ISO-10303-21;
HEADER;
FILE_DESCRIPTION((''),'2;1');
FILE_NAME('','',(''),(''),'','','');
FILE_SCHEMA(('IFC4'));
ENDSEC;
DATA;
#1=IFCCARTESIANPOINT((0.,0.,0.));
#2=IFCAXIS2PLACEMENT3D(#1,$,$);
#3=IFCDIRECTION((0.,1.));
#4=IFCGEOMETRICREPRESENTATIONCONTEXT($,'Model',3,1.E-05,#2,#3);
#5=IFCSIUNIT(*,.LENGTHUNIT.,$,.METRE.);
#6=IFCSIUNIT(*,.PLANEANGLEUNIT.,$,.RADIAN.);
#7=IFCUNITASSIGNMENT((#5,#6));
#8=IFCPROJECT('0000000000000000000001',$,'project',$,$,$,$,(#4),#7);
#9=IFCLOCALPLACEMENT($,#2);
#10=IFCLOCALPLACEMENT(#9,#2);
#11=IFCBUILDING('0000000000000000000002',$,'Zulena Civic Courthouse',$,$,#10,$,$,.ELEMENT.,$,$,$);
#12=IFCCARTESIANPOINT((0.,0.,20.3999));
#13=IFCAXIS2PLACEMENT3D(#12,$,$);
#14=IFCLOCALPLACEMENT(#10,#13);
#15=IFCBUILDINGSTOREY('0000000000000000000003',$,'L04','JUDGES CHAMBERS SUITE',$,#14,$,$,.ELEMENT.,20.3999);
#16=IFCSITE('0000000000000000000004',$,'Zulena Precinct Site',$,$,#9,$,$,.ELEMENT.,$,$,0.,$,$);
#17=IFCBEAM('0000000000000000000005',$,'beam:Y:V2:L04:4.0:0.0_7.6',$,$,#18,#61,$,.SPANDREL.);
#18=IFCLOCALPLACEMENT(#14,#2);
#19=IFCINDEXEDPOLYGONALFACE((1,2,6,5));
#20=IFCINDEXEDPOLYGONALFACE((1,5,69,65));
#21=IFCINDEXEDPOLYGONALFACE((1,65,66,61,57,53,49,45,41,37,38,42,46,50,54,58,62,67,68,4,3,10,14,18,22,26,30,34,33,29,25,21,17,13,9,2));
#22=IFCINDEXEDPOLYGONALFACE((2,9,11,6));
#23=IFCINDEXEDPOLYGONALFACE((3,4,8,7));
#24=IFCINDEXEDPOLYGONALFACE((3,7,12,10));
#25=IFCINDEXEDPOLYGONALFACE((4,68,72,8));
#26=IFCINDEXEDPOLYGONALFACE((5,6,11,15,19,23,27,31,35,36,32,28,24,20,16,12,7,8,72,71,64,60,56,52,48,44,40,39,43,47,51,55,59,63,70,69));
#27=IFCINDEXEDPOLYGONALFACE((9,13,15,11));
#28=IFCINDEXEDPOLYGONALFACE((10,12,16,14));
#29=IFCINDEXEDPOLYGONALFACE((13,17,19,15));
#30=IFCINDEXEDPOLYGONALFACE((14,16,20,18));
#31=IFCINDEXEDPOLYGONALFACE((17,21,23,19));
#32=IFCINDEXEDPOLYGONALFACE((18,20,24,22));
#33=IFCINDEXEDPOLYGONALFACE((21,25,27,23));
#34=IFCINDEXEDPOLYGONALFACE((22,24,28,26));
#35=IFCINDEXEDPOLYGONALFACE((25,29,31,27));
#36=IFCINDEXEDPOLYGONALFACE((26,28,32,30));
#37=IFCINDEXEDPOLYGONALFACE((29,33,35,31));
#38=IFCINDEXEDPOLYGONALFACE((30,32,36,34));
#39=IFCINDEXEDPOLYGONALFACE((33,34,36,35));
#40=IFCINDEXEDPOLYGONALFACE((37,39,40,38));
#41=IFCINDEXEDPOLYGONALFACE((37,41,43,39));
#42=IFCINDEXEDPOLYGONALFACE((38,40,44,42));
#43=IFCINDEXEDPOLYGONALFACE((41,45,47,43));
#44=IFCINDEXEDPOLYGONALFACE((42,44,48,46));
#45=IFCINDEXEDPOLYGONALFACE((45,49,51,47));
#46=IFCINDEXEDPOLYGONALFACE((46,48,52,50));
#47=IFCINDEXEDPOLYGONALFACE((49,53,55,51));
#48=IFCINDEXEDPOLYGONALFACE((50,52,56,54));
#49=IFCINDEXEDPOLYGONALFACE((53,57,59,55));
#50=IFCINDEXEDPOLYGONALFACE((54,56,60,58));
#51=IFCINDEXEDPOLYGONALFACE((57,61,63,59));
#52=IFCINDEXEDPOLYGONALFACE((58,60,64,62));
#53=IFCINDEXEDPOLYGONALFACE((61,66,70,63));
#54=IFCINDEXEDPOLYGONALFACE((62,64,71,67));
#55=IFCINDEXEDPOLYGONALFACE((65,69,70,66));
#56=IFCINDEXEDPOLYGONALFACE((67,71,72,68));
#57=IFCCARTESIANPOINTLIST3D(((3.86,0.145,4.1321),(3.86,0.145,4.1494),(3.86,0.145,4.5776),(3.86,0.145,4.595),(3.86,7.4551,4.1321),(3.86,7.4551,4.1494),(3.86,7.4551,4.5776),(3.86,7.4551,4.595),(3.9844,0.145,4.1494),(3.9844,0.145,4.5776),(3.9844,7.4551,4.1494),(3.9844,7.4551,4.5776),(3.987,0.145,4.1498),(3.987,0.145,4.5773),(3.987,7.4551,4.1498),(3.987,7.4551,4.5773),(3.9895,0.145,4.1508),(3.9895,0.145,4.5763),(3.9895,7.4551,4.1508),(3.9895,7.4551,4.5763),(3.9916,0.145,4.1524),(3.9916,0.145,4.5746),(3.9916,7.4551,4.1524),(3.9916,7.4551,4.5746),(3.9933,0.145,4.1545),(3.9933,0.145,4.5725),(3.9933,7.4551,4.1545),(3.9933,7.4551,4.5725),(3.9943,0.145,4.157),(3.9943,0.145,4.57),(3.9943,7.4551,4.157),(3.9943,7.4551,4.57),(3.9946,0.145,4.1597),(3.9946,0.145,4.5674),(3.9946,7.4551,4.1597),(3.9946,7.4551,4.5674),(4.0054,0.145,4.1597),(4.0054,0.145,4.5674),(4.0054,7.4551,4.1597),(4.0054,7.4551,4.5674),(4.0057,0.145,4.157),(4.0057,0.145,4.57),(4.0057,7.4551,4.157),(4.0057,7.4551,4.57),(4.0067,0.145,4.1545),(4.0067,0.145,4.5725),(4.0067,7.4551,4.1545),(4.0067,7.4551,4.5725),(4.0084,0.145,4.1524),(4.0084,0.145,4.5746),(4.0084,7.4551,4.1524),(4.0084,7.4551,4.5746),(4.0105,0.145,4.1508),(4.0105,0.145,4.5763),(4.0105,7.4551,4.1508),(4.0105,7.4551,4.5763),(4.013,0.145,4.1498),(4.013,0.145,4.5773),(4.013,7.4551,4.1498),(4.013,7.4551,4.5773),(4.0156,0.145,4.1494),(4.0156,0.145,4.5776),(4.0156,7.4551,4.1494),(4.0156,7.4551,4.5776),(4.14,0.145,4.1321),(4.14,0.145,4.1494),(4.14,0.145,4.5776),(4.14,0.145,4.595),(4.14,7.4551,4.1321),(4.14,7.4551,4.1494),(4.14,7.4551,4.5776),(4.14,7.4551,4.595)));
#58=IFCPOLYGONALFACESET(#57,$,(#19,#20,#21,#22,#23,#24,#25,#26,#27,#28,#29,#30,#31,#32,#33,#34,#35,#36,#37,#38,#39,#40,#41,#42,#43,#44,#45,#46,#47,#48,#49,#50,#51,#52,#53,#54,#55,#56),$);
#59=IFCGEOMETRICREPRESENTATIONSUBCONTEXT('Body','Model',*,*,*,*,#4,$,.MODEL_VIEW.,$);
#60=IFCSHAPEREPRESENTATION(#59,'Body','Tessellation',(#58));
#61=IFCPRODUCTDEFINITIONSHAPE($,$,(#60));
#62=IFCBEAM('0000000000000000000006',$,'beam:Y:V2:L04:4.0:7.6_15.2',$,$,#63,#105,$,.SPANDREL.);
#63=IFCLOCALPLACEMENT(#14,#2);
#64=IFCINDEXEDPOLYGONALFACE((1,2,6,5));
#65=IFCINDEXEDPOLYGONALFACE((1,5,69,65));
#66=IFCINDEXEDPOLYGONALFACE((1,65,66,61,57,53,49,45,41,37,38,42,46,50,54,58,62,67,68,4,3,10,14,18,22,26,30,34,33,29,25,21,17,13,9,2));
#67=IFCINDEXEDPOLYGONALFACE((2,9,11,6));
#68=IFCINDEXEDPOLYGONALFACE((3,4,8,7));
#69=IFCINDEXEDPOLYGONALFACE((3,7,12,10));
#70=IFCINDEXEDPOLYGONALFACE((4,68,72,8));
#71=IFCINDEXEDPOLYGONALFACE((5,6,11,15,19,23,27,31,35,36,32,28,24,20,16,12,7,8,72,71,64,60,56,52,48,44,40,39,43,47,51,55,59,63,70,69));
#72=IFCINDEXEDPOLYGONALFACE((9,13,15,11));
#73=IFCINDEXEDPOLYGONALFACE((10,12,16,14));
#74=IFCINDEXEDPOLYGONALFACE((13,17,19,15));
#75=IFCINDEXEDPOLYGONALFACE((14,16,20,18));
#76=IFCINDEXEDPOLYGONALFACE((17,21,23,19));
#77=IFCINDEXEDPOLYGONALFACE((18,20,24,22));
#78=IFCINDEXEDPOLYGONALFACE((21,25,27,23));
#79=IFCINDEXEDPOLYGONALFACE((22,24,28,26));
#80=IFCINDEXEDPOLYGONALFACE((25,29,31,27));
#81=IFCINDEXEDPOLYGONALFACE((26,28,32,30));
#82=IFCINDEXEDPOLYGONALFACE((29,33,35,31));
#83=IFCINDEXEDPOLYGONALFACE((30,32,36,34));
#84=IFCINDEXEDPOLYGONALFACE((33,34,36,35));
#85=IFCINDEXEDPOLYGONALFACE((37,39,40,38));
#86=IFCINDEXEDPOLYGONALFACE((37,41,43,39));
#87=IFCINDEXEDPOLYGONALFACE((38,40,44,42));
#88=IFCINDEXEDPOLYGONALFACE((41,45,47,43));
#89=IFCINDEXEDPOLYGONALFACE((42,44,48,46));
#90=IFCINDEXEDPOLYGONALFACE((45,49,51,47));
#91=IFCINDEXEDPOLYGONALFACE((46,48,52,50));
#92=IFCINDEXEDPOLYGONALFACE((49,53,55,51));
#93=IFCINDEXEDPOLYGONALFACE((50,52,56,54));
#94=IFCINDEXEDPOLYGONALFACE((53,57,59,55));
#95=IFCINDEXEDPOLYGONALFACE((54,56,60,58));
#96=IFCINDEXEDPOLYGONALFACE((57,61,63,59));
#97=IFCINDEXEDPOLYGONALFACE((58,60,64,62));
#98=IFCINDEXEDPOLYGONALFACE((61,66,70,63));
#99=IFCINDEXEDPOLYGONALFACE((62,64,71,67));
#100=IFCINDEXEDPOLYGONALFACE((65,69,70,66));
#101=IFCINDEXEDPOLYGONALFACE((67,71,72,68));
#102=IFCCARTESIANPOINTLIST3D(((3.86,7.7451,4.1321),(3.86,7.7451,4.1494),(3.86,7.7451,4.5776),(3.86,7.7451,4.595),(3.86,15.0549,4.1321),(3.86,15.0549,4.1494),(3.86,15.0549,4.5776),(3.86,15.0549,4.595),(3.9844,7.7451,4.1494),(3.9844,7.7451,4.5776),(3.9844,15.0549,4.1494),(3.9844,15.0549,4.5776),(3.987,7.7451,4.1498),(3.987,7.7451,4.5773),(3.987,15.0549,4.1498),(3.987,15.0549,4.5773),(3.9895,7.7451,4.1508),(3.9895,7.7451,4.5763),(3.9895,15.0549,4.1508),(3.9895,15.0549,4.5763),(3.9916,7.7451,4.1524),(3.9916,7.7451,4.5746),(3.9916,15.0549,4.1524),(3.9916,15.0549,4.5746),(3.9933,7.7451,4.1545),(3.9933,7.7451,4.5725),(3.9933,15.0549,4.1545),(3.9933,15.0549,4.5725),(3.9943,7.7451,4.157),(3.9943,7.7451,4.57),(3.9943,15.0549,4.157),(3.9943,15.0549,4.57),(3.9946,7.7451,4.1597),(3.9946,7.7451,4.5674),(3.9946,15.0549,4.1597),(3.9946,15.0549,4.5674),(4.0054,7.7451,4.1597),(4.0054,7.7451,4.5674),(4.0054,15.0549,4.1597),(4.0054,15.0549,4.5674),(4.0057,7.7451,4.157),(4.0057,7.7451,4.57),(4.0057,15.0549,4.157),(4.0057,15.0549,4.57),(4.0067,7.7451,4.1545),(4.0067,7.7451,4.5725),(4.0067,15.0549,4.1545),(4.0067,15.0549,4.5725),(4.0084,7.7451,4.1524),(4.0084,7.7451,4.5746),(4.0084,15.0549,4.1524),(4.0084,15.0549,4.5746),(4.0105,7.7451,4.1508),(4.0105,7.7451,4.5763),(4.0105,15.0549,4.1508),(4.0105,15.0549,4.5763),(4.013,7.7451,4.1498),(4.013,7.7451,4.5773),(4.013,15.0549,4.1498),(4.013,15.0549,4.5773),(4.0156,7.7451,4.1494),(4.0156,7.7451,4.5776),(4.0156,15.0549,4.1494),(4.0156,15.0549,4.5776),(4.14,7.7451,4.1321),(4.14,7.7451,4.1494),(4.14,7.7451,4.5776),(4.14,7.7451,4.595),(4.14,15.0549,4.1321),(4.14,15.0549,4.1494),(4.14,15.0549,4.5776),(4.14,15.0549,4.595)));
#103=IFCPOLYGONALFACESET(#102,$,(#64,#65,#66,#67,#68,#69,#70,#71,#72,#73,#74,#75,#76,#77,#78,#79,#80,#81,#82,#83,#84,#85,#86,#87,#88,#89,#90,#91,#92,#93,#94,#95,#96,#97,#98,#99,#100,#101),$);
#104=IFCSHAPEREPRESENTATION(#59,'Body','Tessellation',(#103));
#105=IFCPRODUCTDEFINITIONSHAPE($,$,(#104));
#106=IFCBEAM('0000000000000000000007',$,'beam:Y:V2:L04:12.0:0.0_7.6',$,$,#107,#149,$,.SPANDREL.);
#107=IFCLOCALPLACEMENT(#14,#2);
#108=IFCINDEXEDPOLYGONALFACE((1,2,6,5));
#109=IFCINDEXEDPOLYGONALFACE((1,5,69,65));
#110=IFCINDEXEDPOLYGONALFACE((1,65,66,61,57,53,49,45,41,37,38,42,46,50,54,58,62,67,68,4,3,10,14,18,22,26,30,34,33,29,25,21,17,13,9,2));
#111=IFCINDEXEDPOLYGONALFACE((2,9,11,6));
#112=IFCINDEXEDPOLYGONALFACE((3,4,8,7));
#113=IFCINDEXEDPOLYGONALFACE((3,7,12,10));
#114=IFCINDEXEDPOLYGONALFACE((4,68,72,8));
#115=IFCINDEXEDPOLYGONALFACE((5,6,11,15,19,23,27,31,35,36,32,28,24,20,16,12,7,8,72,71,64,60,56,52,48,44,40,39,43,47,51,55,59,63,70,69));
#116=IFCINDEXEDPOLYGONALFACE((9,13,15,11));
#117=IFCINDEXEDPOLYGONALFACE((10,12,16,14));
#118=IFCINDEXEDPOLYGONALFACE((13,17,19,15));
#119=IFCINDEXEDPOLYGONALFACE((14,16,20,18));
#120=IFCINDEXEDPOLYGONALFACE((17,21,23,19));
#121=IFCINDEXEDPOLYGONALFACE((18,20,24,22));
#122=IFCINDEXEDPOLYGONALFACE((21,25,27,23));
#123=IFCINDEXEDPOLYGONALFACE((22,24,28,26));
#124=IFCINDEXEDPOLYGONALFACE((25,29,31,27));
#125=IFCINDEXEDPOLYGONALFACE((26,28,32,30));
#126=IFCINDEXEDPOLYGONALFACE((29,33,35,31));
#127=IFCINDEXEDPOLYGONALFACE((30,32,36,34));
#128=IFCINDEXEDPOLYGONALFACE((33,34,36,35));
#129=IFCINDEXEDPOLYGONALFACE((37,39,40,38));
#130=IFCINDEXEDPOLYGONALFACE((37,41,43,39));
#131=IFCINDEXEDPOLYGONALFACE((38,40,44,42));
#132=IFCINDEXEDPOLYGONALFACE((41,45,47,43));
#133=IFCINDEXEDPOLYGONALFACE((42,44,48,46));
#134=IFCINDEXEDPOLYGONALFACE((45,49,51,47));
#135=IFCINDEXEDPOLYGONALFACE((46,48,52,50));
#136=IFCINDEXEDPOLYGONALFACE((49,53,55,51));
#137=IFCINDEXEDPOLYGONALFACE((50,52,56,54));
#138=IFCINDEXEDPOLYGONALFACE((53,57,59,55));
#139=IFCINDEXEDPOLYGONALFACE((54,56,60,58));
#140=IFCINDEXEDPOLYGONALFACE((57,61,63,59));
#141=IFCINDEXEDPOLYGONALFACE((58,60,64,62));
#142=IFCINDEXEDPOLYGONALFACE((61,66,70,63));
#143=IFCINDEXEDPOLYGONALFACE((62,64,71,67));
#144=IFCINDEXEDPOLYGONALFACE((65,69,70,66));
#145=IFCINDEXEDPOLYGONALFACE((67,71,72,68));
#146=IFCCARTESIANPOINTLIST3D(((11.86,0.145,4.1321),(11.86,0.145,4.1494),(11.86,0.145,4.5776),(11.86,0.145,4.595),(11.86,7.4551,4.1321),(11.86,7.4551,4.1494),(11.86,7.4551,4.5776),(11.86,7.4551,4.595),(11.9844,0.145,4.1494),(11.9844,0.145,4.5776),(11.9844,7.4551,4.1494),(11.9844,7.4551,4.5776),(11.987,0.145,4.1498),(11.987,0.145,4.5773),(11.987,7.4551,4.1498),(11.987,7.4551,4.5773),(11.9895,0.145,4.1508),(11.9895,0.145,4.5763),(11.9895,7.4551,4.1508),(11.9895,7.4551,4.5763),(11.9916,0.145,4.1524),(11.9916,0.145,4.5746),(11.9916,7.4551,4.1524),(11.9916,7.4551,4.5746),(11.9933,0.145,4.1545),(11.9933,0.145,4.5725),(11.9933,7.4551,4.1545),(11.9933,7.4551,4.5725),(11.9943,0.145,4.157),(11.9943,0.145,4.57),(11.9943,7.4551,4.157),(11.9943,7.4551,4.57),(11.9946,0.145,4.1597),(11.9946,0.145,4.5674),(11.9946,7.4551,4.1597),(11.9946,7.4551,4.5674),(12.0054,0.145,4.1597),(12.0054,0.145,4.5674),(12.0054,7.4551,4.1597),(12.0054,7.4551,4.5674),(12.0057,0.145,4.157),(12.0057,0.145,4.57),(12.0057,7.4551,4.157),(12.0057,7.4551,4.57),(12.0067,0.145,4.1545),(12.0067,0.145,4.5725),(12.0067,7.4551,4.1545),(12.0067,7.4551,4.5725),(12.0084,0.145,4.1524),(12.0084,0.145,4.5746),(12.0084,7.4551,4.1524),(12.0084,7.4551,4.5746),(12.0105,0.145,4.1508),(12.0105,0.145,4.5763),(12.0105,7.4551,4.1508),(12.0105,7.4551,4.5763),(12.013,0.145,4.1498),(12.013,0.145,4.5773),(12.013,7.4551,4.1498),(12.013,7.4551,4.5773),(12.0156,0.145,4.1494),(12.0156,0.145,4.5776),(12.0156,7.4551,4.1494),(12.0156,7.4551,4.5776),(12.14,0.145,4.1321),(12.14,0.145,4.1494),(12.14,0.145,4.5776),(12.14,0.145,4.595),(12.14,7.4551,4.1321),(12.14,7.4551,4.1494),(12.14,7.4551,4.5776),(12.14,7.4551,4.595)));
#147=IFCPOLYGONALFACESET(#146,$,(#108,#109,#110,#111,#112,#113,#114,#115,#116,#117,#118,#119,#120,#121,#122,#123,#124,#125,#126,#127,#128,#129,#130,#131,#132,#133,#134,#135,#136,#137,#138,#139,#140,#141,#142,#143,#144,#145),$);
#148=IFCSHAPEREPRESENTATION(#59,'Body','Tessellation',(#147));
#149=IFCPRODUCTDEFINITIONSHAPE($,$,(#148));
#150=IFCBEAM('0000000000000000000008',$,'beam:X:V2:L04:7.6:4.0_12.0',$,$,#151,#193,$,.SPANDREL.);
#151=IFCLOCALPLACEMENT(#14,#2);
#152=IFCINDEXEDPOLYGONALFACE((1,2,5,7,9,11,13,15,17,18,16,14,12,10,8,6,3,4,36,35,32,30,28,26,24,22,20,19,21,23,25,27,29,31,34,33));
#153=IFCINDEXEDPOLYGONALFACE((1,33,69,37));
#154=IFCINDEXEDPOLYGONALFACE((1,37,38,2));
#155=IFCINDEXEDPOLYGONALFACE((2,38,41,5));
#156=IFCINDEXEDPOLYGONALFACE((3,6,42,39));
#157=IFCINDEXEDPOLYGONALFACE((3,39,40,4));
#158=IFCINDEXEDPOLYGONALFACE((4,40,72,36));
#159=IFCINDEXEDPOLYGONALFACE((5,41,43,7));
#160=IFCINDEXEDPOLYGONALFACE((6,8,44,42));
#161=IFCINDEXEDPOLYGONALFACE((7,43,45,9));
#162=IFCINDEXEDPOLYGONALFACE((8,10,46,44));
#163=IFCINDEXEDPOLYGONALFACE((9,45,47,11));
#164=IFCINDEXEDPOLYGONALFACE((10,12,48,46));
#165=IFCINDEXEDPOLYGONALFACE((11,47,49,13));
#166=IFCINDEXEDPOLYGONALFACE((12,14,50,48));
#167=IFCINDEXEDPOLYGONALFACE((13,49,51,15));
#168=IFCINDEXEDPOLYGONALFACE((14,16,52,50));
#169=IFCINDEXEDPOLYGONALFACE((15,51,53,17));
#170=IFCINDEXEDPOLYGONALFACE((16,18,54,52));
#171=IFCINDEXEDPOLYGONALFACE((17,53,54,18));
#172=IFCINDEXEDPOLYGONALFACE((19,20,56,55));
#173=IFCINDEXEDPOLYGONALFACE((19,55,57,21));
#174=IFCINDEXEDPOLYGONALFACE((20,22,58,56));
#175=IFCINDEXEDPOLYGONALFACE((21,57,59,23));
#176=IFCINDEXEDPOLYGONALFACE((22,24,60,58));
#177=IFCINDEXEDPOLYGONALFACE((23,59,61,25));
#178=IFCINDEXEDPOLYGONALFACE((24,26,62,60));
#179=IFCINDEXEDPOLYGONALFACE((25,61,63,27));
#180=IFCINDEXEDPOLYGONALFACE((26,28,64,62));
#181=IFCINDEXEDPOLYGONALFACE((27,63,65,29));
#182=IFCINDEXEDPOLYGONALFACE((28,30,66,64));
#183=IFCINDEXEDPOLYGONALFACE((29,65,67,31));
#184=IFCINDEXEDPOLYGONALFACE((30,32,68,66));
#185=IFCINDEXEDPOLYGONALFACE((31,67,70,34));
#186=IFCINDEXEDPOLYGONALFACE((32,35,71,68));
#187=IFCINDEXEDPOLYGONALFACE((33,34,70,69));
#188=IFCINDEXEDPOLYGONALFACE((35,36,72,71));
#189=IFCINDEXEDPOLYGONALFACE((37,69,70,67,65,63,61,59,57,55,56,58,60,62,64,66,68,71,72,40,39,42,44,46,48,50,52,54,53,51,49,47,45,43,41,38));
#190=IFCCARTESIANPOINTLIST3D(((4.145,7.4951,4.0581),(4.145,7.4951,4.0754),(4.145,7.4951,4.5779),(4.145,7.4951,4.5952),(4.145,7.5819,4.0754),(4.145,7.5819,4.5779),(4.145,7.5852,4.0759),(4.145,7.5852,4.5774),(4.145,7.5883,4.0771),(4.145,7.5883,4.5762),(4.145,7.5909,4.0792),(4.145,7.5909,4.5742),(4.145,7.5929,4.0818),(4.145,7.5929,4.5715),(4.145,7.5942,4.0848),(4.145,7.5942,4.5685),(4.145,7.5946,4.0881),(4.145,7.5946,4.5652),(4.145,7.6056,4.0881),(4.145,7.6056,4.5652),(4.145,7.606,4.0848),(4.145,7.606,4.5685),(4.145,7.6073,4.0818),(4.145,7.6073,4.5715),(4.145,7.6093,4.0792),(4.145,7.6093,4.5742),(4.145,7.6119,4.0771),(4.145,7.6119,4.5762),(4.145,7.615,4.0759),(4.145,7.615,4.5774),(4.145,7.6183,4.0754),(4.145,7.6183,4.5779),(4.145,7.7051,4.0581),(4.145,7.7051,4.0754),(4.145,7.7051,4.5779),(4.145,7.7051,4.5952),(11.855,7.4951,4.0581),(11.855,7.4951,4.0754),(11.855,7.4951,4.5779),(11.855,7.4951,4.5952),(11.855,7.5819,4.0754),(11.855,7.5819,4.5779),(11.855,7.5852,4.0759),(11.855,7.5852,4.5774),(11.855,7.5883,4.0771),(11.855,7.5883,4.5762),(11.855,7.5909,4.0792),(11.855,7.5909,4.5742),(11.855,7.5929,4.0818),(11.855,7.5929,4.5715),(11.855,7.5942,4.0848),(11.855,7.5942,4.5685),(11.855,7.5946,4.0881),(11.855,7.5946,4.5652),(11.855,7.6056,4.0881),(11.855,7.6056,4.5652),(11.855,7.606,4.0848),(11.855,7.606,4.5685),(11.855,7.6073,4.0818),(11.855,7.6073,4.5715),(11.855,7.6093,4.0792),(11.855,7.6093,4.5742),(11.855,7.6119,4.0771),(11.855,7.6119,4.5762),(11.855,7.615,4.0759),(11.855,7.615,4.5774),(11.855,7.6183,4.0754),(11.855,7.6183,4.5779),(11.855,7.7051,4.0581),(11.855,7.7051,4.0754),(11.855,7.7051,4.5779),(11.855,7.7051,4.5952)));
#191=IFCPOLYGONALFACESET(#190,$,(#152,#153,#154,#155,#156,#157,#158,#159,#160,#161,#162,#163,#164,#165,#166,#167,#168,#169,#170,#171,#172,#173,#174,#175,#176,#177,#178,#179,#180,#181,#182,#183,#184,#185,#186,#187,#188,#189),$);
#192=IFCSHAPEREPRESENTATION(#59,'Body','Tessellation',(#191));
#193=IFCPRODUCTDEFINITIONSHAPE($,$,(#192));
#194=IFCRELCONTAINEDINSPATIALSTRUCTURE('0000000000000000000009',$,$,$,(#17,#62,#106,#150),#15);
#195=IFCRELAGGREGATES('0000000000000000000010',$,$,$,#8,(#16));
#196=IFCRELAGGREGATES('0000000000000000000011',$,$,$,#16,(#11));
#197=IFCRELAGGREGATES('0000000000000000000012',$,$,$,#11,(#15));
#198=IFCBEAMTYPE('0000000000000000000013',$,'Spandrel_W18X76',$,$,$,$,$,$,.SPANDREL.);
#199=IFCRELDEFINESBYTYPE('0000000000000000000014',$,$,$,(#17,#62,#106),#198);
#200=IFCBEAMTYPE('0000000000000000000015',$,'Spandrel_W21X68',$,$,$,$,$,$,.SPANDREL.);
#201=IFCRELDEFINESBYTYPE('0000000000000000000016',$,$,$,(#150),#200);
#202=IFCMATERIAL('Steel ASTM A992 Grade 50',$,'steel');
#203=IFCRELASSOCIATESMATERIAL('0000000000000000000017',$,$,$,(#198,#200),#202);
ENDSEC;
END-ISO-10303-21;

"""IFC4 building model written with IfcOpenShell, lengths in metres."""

from ifc_helpers import new_model, si_unit, direction, frame, origin, origin_2d, place, context, subcontext, project, spatial, i_section, extrude, material, material_profile, profile_set, type_object, element, save


model = new_model("IFC4")

# Units and contexts
model_context = context("Model", 3, precision=1e-05, world=origin(), true_north=direction((0.0, 1.0)))
body_context = subcontext(model_context, "Body", "Model", "MODEL_VIEW")
ifc_project = project(units=[si_unit("LENGTHUNIT", "METRE"), si_unit("PLANEANGLEUNIT", "RADIAN")], contexts=[model_context])

# Site, building, storey
site_placement = place(None, origin())
site = spatial("IfcSite", under=ifc_project, at=site_placement, Name="Zulena Precinct Site", CompositionType="ELEMENT", RefElevation=0.0)
building_placement = place(site_placement, origin())
building = spatial("IfcBuilding", under=site, at=building_placement, Name="Zulena Civic Courthouse", CompositionType="ELEMENT")
storey_placement = place(building_placement, frame((0.0, 0.0, 20.3999)))
storey = spatial("IfcBuildingStorey", under=building, at=storey_placement, Name="L04", Description="JUDGES CHAMBERS SUITE", CompositionType="ELEMENT", Elevation=20.3999)

# Shared definitions
ifc_material_1 = material(Name="Steel ASTM A992 Grade 50", Category="steel")

# Beams
ifc_material_profile_1 = material_profile(ifc_material_1, i_section(OverallWidth=0.28, OverallDepth=0.4629, WebThickness=0.0107, FlangeThickness=0.0173, FilletRadius=0.0103, at=origin_2d()), Name="W18X76")
ifc_profile_set_1 = profile_set([ifc_material_profile_1], Name="Steel ASTM A992 Grade 50")
beam_type_1 = type_object("IfcBeamType", Name="Spandrel_W18X76", PredefinedType="SPANDREL", material=ifc_profile_set_1)
beam_1_placement = place(storey_placement, frame((4.0, 0.145, 4.3635), z_axis=(0.0, 1.0, 0.0), x_axis=(-1.0, 0.0, 0.0)))
element("IfcBeam", 1, at=beam_1_placement, inside=storey, type_object=beam_type_1, Name="beam:Y:V2:L04:4.0:0.0_7.6", PredefinedType="SPANDREL", context=body_context, shape_type="SweptSolid", body=[
    extrude(i_section(OverallWidth=0.28, OverallDepth=0.4629, WebThickness=0.0107, FlangeThickness=0.0173, FilletRadius=0.0103, at=origin_2d()), origin(), (0.0, 0.0, 1.0), 7.3101),
])
beam_2_placement = place(storey_placement, frame((4.0, 7.7451, 4.3635), z_axis=(0.0, 1.0, 0.0), x_axis=(-1.0, 0.0, 0.0)))
element("IfcBeam", 2, at=beam_2_placement, inside=storey, type_object=beam_type_1, Name="beam:Y:V2:L04:4.0:7.6_15.2", PredefinedType="SPANDREL", context=body_context, shape_type="SweptSolid", body=[
    extrude(i_section(OverallWidth=0.28, OverallDepth=0.4629, WebThickness=0.0107, FlangeThickness=0.0173, FilletRadius=0.0103, at=origin_2d()), origin(), (0.0, 0.0, 1.0), 7.3098),
])
beam_3_placement = place(storey_placement, frame((12.0, 0.145, 4.3635), z_axis=(0.0, 1.0, 0.0), x_axis=(-1.0, 0.0, 0.0)))
element("IfcBeam", 3, at=beam_3_placement, inside=storey, type_object=beam_type_1, Name="beam:Y:V2:L04:12.0:0.0_7.6", PredefinedType="SPANDREL", context=body_context, shape_type="SweptSolid", body=[
    extrude(i_section(OverallWidth=0.28, OverallDepth=0.4629, WebThickness=0.0107, FlangeThickness=0.0173, FilletRadius=0.0103, at=origin_2d()), origin(), (0.0, 0.0, 1.0), 7.3101),
])
ifc_material_profile_2 = material_profile(ifc_material_1, i_section(OverallWidth=0.21, OverallDepth=0.5371, WebThickness=0.011, FlangeThickness=0.0173, FilletRadius=0.0127, at=origin_2d()), Name="W21X68")
ifc_profile_set_2 = profile_set([ifc_material_profile_2], Name="Steel ASTM A992 Grade 50")
beam_type_2 = type_object("IfcBeamType", Name="Spandrel_W21X68", PredefinedType="SPANDREL", material=ifc_profile_set_2)
beam_4_placement = place(storey_placement, frame((4.145, 7.6001, 4.3267), z_axis=(1.0, 0.0, 0.0), x_axis=(0.0, 1.0, 0.0)))
element("IfcBeam", 4, at=beam_4_placement, inside=storey, type_object=beam_type_2, Name="beam:X:V2:L04:7.6:4.0_12.0", PredefinedType="SPANDREL", context=body_context, shape_type="SweptSolid", body=[
    extrude(i_section(OverallWidth=0.21, OverallDepth=0.5371, WebThickness=0.011, FlangeThickness=0.0173, FilletRadius=0.0127, at=origin_2d()), origin(), (0.0, 0.0, 1.0), 7.71),
])

save(model, "model.ifc")
